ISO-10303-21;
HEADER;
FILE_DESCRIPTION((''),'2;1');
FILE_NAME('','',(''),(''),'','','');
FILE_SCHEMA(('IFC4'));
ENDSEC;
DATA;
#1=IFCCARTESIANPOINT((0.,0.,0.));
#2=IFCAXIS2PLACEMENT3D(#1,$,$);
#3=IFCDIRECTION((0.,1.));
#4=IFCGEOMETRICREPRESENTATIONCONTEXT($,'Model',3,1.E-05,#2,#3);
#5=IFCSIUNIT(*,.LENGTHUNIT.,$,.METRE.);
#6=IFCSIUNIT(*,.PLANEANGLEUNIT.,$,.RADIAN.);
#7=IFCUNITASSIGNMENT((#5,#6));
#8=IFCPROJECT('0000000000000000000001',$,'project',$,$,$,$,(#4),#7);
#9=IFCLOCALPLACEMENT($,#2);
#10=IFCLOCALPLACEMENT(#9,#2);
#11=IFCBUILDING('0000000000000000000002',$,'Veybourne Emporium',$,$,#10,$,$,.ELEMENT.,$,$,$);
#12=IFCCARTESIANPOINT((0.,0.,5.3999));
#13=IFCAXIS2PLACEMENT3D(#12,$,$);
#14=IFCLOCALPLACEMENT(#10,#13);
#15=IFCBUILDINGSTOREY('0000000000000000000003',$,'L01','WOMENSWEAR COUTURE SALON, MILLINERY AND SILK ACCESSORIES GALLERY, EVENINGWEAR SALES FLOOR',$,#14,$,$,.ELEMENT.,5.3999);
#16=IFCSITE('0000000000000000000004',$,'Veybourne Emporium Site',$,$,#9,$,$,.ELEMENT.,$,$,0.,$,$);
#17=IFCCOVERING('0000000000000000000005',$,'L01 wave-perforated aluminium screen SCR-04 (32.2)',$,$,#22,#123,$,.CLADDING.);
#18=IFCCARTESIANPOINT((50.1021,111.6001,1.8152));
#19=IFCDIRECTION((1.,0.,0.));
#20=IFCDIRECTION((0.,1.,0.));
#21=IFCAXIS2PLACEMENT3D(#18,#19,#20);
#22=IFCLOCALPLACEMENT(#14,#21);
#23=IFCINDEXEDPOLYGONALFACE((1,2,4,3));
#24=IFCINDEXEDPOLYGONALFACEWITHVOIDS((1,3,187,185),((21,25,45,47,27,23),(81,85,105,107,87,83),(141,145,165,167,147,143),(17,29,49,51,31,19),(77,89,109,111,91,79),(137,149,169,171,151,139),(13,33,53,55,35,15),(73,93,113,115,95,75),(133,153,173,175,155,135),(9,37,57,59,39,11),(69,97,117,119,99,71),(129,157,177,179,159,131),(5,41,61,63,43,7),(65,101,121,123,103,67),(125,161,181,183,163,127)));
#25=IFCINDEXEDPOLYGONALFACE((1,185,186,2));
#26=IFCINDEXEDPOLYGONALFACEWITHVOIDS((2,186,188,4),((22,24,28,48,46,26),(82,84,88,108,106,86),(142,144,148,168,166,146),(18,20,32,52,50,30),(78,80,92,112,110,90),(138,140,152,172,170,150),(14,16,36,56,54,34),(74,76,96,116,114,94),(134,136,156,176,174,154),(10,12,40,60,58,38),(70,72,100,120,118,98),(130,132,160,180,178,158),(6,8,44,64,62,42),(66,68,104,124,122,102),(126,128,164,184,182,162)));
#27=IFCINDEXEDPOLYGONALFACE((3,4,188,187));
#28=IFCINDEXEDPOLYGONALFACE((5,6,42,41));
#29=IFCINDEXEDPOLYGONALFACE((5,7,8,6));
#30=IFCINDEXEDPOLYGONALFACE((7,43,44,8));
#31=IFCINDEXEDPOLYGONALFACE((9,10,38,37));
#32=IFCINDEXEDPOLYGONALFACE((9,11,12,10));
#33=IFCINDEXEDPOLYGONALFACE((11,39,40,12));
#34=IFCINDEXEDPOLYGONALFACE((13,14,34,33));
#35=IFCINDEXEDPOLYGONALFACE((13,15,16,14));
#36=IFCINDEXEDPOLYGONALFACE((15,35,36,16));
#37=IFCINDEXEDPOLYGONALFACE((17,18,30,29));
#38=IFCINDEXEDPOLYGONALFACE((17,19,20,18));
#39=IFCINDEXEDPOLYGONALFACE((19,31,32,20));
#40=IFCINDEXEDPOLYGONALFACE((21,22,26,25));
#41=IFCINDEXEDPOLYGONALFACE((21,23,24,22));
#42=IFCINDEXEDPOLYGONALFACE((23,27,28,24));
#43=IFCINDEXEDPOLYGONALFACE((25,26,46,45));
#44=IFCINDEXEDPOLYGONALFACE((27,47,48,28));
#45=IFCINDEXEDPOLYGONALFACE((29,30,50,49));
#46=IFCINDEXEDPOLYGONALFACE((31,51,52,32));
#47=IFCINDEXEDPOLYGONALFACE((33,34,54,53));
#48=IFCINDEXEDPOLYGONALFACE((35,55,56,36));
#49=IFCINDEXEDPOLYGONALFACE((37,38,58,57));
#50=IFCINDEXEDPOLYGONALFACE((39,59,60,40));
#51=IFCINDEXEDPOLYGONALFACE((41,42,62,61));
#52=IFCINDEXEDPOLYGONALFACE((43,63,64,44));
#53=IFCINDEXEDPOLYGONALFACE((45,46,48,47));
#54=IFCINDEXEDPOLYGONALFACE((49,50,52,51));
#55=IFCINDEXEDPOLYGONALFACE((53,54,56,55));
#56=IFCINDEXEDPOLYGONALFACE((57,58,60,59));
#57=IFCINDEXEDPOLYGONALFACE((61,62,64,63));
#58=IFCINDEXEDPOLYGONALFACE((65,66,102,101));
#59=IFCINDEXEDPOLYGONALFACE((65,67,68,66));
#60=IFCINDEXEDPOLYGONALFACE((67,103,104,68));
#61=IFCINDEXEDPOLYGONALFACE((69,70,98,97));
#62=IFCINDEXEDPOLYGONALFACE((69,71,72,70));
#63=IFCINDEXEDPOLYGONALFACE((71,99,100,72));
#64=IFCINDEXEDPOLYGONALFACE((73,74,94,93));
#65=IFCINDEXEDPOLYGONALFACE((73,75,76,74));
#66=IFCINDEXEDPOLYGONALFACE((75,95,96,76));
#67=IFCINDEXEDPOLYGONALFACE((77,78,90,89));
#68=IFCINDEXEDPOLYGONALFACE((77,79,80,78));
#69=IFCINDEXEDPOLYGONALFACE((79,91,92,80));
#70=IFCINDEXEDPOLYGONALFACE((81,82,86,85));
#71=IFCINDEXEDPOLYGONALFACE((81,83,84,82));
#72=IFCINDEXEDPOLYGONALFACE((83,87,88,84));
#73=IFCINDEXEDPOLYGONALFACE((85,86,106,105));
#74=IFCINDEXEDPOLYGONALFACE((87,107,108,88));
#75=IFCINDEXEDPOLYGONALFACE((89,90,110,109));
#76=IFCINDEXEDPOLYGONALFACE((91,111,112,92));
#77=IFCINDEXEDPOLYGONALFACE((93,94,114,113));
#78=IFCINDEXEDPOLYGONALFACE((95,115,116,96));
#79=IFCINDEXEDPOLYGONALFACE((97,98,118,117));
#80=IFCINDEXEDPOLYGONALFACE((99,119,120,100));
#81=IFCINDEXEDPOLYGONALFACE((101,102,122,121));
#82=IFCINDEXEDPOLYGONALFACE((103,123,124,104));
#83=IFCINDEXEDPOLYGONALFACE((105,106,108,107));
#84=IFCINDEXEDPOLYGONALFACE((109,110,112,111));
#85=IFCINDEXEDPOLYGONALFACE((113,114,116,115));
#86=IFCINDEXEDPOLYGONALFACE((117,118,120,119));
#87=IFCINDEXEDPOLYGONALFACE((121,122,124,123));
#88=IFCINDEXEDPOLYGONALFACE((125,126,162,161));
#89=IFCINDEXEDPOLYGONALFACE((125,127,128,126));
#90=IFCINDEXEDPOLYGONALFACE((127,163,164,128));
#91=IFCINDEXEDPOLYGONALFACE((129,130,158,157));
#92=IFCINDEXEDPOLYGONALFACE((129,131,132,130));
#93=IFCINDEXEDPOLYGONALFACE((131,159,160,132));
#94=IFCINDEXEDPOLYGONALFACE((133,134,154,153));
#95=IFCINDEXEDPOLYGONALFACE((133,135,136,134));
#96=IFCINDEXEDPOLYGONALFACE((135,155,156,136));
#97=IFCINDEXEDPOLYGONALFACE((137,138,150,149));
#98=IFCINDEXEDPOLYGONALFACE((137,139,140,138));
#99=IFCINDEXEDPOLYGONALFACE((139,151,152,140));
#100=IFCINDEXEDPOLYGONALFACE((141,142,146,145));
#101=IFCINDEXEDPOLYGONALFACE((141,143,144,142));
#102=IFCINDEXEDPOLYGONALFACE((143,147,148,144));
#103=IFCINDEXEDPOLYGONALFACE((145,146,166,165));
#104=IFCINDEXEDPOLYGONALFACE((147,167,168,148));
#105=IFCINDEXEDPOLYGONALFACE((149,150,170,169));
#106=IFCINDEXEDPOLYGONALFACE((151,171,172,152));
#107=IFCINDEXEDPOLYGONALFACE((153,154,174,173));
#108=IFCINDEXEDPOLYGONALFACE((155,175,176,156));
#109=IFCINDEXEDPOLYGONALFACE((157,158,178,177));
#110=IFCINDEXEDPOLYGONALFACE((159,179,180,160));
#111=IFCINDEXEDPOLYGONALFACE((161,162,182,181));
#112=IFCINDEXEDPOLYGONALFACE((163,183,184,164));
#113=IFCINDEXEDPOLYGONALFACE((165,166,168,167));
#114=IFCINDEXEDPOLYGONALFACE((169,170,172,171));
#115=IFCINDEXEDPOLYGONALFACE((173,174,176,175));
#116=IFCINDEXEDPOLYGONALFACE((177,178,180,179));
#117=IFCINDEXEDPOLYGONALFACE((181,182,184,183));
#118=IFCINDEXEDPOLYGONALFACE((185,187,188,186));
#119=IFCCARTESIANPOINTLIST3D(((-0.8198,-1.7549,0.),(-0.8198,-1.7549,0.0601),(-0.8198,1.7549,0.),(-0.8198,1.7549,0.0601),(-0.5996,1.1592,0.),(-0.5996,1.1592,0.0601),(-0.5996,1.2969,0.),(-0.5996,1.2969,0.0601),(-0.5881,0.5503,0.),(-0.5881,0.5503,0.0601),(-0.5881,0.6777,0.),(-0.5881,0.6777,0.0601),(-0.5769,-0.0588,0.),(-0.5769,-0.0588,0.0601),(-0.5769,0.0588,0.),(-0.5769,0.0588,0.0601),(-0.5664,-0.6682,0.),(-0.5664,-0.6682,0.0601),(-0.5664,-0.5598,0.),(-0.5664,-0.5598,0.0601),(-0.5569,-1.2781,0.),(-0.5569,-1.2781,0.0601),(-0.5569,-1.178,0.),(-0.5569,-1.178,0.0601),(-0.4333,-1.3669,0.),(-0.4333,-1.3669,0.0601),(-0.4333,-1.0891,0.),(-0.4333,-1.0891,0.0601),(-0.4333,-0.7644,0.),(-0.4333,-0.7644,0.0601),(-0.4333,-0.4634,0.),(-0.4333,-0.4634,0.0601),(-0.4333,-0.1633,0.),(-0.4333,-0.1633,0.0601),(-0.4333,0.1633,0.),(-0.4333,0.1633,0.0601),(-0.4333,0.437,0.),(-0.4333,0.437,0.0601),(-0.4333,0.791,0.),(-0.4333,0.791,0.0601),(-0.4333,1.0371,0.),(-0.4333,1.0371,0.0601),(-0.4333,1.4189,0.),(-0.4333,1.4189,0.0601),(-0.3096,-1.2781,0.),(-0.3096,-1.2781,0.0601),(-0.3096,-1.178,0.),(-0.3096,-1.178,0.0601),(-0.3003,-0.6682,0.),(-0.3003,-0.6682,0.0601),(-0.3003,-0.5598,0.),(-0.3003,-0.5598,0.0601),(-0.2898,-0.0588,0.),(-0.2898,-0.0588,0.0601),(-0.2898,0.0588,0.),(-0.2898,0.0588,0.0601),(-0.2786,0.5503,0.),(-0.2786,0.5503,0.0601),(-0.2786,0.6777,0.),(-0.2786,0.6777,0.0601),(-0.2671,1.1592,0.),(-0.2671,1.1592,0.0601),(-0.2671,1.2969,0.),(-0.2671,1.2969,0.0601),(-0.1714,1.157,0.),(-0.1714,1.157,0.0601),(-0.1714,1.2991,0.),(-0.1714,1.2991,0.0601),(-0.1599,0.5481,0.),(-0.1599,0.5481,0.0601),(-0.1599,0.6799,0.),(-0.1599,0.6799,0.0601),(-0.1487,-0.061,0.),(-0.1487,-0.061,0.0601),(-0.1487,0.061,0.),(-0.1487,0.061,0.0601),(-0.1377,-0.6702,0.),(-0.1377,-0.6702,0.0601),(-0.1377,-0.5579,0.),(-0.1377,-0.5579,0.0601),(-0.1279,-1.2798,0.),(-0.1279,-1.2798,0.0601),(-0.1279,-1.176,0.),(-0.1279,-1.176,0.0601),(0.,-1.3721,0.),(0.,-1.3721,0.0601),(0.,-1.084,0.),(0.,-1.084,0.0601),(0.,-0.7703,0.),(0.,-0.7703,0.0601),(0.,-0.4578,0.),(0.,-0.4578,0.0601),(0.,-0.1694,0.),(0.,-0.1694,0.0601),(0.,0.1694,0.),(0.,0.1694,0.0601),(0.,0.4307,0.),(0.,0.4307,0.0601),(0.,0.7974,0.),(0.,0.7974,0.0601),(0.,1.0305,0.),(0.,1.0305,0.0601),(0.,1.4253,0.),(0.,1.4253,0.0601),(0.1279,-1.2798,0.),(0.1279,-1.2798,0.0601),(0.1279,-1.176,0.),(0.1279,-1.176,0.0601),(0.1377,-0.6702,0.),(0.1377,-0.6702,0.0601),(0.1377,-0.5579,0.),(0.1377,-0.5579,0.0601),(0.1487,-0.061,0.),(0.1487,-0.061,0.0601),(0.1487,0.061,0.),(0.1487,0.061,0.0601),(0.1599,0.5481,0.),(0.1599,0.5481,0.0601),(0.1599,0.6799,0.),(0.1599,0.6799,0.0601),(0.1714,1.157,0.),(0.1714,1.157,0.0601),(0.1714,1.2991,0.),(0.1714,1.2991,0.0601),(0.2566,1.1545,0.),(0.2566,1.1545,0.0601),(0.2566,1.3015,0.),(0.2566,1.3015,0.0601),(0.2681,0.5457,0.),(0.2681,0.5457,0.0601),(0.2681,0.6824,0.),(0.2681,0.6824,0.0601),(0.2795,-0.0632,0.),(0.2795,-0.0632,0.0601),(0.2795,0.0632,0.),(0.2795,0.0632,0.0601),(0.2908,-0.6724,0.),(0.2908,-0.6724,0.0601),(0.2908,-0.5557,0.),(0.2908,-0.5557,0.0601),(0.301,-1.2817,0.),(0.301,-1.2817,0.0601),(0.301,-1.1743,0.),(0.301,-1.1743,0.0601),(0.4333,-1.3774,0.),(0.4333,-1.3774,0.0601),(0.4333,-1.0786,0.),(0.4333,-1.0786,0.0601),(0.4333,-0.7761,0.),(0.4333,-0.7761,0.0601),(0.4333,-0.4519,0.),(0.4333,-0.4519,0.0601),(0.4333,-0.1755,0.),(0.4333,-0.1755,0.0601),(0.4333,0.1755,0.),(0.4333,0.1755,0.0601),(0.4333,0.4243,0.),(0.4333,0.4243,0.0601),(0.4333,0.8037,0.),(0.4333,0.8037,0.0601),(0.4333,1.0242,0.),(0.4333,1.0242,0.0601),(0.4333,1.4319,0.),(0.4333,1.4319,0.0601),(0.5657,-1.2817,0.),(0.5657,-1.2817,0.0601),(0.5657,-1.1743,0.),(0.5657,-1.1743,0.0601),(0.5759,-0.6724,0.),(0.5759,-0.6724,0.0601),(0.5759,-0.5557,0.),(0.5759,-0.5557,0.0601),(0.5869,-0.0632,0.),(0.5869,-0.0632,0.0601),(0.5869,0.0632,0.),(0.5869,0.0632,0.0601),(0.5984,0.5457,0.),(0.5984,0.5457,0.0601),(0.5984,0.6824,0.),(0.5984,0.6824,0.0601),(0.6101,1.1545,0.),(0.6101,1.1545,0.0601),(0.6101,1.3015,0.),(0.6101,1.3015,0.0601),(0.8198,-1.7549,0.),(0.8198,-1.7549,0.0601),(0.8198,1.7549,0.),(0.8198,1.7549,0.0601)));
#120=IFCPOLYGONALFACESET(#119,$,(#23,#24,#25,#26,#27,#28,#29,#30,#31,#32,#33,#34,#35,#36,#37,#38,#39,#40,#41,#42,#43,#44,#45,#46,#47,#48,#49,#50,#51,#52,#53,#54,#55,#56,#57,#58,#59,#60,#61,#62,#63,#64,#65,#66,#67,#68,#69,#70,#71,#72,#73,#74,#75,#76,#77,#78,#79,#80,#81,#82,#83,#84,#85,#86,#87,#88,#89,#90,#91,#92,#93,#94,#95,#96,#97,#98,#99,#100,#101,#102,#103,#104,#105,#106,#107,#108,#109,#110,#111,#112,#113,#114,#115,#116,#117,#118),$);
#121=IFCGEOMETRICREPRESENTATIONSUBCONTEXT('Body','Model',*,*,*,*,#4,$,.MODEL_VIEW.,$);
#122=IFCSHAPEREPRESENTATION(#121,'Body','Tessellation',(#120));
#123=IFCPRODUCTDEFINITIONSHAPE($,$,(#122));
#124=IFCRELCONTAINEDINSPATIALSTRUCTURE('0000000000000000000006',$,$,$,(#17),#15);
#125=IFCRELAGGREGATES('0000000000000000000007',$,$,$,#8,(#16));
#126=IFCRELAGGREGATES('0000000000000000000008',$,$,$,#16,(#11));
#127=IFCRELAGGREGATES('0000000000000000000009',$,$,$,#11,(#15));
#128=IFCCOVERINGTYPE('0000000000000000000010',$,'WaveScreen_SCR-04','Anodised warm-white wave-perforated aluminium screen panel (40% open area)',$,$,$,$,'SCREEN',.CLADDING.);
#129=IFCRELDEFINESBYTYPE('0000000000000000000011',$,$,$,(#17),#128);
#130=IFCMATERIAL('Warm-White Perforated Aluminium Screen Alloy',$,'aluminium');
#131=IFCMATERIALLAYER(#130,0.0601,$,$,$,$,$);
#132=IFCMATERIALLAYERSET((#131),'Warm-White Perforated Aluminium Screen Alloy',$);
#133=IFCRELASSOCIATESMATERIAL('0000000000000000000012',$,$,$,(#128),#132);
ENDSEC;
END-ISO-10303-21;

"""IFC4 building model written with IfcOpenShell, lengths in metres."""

from ifc_helpers import new_model, si_unit, direction, frame, origin, place, context, subcontext, project, spatial, polyline, outline, extrude, material, layer, layer_set, type_object, element, save


model = new_model("IFC4")

# Units and contexts
model_context = context("Model", 3, precision=1e-05, world=origin(), true_north=direction((0.0, 1.0)))
body_context = subcontext(model_context, "Body", "Model", "MODEL_VIEW")
ifc_project = project(units=[si_unit("LENGTHUNIT", "METRE"), si_unit("PLANEANGLEUNIT", "RADIAN")], contexts=[model_context])

# Site, building, storey
site_placement = place(None, origin())
site = spatial("IfcSite", under=ifc_project, at=site_placement, Name="Veybourne Emporium Site", CompositionType="ELEMENT", RefElevation=0.0)
building_placement = place(site_placement, origin())
building = spatial("IfcBuilding", under=site, at=building_placement, Name="Veybourne Emporium", CompositionType="ELEMENT")
storey_placement = place(building_placement, frame((0.0, 0.0, 5.3999)))
storey = spatial("IfcBuildingStorey", under=building, at=storey_placement, Name="L01", Description="WOMENSWEAR COUTURE SALON, MILLINERY AND SILK ACCESSORIES GALLERY, EVENINGWEAR SALES FLOOR", CompositionType="ELEMENT", Elevation=5.3999)

# Covering
ifc_material_1 = material(Name="Warm-White Perforated Aluminium Screen Alloy", Category="aluminium")
ifc_layer_1 = layer(ifc_material_1, 0.0601)
ifc_layer_set_1 = layer_set([ifc_layer_1], Name="Warm-White Perforated Aluminium Screen Alloy")
covering_type_1 = type_object("IfcCoveringType", Name="WaveScreen_SCR-04", Description="Anodised warm-white wave-perforated aluminium screen panel (40% open area)", ElementType="SCREEN", PredefinedType="CLADDING", material=ifc_layer_set_1)
covering_1_placement = place(storey_placement, frame((50.1021, 111.6001, 1.8152), z_axis=(1.0, 0.0, 0.0), x_axis=(0.0, 1.0, 0.0)))
element("IfcCovering", 1, at=covering_1_placement, inside=storey, type_object=covering_type_1, Name="L01 wave-perforated aluminium screen SCR-04 (32.2)", PredefinedType="CLADDING", context=body_context, shape_type="SweptSolid", body=[
    extrude(outline(polyline([(-0.8198, -1.7549), (0.8198, -1.7549), (0.8198, 1.7549), (-0.8198, 1.7549), (-0.8198, -1.7549)]), holes=[polyline([(-0.4333, -1.0891), (-0.3096, -1.178), (-0.3096, -1.2781), (-0.4333, -1.3669), (-0.5569, -1.2781), (-0.5569, -1.178), (-0.4333, -1.0891)]), polyline([(-0.4333, -0.4634), (-0.3003, -0.5598), (-0.3003, -0.6682), (-0.4333, -0.7644), (-0.5664, -0.6682), (-0.5664, -0.5598), (-0.4333, -0.4634)]), polyline([(-0.4333, 0.1633), (-0.2898, 0.0588), (-0.2898, -0.0588), (-0.4333, -0.1633), (-0.5769, -0.0588), (-0.5769, 0.0588), (-0.4333, 0.1633)]), polyline([(-0.4333, 0.791), (-0.2786, 0.6777), (-0.2786, 0.5503), (-0.4333, 0.437), (-0.5881, 0.5503), (-0.5881, 0.6777), (-0.4333, 0.791)]), polyline([(-0.4333, 1.4189), (-0.2671, 1.2969), (-0.2671, 1.1592), (-0.4333, 1.0371), (-0.5996, 1.1592), (-0.5996, 1.2969), (-0.4333, 1.4189)]), polyline([(0.0, -1.084), (0.1279, -1.176), (0.1279, -1.2798), (0.0, -1.3721), (-0.1279, -1.2798), (-0.1279, -1.176), (0.0, -1.084)]), polyline([(0.0, -0.4578), (0.1377, -0.5579), (0.1377, -0.6702), (0.0, -0.7703), (-0.1377, -0.6702), (-0.1377, -0.5579), (0.0, -0.4578)]), polyline([(0.0, 0.1694), (0.1487, 0.061), (0.1487, -0.061), (0.0, -0.1694), (-0.1487, -0.061), (-0.1487, 0.061), (0.0, 0.1694)]), polyline([(0.0, 0.7974), (0.1599, 0.6799), (0.1599, 0.5481), (0.0, 0.4307), (-0.1599, 0.5481), (-0.1599, 0.6799), (0.0, 0.7974)]), polyline([(0.0, 1.4253), (0.1714, 1.2991), (0.1714, 1.157), (0.0, 1.0305), (-0.1714, 1.157), (-0.1714, 1.2991), (0.0, 1.4253)]), polyline([(0.4333, -1.0786), (0.5657, -1.1743), (0.5657, -1.2817), (0.4333, -1.3774), (0.301, -1.2817), (0.301, -1.1743), (0.4333, -1.0786)]), polyline([(0.4333, -0.4519), (0.5759, -0.5557), (0.5759, -0.6724), (0.4333, -0.7761), (0.2908, -0.6724), (0.2908, -0.5557), (0.4333, -0.4519)]), polyline([(0.4333, 0.1755), (0.5869, 0.0632), (0.5869, -0.0632), (0.4333, -0.1755), (0.2795, -0.0632), (0.2795, 0.0632), (0.4333, 0.1755)]), polyline([(0.4333, 0.8037), (0.5984, 0.6824), (0.5984, 0.5457), (0.4333, 0.4243), (0.2681, 0.5457), (0.2681, 0.6824), (0.4333, 0.8037)]), polyline([(0.4333, 1.4319), (0.6101, 1.3015), (0.6101, 1.1545), (0.4333, 1.0242), (0.2566, 1.1545), (0.2566, 1.3015), (0.4333, 1.4319)])]), origin(), (0.0, 0.0, 1.0), 0.0601),
])

save(model, "model.ifc")
